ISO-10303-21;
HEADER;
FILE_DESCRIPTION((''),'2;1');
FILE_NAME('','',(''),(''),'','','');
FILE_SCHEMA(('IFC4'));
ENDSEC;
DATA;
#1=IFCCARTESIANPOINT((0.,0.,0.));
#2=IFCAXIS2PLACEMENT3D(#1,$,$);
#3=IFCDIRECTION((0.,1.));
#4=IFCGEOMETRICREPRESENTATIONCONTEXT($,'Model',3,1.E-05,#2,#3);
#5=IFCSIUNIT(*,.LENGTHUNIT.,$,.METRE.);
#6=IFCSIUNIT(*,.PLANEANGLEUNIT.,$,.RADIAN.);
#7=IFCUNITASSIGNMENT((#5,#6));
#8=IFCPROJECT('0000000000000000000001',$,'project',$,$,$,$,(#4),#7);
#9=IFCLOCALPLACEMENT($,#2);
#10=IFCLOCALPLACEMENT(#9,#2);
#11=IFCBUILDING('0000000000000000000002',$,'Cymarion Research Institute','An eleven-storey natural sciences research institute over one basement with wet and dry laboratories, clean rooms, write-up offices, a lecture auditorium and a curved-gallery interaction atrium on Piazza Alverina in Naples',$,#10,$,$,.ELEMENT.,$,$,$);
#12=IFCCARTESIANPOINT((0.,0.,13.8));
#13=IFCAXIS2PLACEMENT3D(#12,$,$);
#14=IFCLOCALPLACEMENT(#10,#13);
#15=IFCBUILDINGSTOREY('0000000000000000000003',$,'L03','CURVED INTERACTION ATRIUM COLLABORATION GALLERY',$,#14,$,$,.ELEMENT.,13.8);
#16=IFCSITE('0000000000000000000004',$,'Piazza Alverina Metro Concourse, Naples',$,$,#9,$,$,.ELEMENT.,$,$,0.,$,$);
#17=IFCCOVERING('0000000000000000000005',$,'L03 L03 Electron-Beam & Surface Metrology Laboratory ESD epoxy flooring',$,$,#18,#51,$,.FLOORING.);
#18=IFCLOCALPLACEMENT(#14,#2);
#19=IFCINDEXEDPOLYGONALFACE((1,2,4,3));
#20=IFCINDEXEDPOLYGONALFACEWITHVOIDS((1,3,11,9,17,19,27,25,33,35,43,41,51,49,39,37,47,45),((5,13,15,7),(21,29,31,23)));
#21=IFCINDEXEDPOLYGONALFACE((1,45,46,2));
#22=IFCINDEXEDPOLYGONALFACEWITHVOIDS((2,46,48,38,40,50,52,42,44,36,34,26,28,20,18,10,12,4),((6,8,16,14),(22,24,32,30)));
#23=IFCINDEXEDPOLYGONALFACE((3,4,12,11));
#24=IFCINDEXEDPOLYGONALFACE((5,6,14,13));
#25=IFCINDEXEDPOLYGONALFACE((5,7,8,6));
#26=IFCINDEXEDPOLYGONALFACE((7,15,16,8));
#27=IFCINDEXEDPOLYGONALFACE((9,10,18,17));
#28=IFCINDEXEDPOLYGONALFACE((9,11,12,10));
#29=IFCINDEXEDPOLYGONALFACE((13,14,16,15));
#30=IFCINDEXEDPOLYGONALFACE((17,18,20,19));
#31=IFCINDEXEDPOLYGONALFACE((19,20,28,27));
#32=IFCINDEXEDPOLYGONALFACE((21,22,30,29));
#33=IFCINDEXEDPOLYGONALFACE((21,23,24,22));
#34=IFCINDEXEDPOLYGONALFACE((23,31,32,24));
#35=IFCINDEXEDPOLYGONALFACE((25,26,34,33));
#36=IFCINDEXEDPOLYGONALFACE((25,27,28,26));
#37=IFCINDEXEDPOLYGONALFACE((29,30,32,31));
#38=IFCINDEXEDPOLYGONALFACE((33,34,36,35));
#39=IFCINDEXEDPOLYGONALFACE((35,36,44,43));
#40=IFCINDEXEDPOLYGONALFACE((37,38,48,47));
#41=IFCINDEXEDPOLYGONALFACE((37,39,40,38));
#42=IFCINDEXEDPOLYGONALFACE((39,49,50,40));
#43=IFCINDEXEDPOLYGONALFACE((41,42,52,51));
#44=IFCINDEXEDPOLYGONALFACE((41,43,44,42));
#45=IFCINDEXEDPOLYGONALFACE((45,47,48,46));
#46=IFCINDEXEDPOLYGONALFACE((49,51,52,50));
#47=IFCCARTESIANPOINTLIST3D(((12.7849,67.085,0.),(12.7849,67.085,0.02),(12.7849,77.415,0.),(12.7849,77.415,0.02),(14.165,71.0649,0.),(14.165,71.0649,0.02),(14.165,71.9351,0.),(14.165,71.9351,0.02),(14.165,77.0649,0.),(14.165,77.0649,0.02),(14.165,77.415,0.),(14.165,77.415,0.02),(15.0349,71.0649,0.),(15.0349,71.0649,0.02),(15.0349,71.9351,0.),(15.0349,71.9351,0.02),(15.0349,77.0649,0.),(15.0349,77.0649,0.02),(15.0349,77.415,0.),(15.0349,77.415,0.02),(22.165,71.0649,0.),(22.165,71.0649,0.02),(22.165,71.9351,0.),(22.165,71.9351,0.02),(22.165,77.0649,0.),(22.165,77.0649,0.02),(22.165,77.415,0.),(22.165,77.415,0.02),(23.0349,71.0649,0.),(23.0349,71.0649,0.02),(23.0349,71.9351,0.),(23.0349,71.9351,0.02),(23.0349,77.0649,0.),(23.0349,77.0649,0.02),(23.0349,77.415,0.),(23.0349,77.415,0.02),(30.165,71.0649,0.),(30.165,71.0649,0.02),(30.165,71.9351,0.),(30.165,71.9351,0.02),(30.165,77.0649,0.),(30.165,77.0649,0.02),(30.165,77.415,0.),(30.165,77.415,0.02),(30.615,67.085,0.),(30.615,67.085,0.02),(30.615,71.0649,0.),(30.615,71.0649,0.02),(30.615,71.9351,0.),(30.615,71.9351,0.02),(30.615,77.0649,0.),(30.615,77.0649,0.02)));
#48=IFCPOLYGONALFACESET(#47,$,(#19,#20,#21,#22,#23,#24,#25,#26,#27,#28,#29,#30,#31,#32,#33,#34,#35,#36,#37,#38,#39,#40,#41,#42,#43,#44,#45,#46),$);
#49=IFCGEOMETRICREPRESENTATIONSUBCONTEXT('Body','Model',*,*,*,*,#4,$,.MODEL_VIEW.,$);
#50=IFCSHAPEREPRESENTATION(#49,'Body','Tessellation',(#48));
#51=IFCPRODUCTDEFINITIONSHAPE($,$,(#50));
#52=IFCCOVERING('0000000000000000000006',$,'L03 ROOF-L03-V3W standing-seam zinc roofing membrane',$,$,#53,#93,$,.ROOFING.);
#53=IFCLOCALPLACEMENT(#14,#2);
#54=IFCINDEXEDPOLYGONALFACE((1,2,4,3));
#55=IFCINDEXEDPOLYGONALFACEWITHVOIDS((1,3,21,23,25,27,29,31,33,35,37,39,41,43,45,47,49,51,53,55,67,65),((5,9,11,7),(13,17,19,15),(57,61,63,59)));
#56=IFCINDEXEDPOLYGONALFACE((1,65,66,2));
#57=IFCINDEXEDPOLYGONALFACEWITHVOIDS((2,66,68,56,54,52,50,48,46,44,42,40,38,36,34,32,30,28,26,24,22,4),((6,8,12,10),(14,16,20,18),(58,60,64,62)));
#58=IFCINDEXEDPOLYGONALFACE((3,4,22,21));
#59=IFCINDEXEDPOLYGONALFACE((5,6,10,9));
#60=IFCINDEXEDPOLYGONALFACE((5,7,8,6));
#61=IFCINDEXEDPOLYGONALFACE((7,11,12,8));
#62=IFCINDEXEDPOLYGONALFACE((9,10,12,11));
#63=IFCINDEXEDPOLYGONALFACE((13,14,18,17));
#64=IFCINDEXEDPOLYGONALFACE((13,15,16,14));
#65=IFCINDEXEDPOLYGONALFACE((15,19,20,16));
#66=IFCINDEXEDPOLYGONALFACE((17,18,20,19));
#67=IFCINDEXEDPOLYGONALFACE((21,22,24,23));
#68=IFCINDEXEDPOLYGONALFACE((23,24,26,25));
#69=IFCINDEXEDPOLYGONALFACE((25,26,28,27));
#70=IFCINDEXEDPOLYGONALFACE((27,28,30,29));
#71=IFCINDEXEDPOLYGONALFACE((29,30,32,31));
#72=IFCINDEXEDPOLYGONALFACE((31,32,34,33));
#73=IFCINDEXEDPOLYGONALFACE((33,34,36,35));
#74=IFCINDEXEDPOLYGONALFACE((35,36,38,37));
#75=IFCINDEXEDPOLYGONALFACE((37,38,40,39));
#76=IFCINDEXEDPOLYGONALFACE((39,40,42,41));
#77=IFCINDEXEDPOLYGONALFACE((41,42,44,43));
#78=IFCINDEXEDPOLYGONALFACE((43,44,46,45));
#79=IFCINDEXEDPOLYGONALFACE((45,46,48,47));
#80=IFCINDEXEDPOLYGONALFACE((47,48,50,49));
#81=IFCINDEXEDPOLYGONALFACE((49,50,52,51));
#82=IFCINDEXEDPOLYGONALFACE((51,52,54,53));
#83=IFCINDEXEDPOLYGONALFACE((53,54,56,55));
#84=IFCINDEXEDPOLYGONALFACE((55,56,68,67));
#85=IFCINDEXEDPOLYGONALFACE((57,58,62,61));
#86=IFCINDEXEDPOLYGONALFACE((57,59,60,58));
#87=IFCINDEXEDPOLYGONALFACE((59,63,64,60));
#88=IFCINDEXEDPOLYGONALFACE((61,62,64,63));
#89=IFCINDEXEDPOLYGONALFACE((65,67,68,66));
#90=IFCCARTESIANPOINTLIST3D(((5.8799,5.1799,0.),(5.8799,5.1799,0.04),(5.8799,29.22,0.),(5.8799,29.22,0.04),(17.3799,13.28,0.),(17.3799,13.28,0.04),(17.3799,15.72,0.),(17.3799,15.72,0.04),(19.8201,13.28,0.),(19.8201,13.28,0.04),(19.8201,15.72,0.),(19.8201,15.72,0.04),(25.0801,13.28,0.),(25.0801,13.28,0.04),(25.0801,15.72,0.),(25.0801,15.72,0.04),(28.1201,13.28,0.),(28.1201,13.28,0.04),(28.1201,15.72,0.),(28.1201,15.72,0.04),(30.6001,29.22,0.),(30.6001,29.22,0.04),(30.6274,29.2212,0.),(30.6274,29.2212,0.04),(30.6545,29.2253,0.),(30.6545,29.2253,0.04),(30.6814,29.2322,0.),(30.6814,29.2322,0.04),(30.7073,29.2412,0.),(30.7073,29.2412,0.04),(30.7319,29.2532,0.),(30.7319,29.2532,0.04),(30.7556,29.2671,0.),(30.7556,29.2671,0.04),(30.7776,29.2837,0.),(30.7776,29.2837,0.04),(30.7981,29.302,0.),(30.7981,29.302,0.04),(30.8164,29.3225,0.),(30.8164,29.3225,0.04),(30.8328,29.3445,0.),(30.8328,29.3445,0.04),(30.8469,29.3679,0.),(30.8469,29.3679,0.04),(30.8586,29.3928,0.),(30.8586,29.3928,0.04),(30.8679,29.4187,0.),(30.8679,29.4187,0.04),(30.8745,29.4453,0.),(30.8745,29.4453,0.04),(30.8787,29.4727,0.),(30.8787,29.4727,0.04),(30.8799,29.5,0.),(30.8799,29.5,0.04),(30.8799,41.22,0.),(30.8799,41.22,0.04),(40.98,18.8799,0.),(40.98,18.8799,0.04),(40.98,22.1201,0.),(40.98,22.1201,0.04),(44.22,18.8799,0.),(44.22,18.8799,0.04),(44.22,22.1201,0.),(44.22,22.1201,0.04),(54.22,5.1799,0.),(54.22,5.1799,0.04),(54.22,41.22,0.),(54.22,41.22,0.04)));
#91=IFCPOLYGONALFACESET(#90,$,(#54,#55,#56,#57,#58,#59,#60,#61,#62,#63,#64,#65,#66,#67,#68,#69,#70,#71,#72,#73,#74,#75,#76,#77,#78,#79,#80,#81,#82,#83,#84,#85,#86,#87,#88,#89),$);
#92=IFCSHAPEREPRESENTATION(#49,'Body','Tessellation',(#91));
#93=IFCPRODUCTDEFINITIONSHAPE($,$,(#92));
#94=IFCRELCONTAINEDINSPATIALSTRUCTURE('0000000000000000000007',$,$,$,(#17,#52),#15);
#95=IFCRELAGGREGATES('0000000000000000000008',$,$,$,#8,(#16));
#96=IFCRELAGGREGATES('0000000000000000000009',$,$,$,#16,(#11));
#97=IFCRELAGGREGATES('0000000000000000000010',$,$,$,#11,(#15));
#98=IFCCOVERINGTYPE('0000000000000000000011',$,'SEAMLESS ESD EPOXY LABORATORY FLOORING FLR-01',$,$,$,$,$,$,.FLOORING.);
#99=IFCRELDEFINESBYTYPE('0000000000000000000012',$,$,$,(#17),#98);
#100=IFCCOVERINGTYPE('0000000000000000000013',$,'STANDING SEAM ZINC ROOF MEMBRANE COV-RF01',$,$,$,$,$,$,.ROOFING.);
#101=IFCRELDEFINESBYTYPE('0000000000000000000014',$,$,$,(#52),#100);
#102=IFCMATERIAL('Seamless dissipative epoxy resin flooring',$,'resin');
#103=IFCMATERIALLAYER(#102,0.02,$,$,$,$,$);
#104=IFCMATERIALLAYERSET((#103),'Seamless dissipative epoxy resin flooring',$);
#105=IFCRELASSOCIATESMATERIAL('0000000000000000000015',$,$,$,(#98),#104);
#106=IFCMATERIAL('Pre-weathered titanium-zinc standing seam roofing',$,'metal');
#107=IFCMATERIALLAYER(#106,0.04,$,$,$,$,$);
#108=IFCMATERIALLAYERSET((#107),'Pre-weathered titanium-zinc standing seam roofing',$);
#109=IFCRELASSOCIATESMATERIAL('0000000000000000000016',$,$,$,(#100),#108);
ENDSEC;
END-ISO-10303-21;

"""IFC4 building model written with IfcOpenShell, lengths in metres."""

from ifc_helpers import new_model, si_unit, direction, frame, origin, place, context, subcontext, project, spatial, polyline, outline, extrude, material, layer, layer_set, type_object, element, save


model = new_model("IFC4")

# Units and contexts
model_context = context("Model", 3, precision=1e-05, world=origin(), true_north=direction((0.0, 1.0)))
body_context = subcontext(model_context, "Body", "Model", "MODEL_VIEW")
ifc_project = project(units=[si_unit("LENGTHUNIT", "METRE"), si_unit("PLANEANGLEUNIT", "RADIAN")], contexts=[model_context])

# Site, building, storey
site_placement = place(None, origin())
site = spatial("IfcSite", under=ifc_project, at=site_placement, Name="Piazza Alverina Metro Concourse, Naples", CompositionType="ELEMENT", RefElevation=0.0)
building_placement = place(site_placement, origin())
building = spatial("IfcBuilding", under=site, at=building_placement, Name="Cymarion Research Institute", Description="An eleven-storey natural sciences research institute over one basement with wet and dry laboratories, clean rooms, write-up offices, a lecture auditorium and a curved-gallery interaction atrium on Piazza Alverina in Naples", CompositionType="ELEMENT")
storey_placement = place(building_placement, frame((0.0, 0.0, 13.8)))
storey = spatial("IfcBuildingStorey", under=building, at=storey_placement, Name="L03", Description="CURVED INTERACTION ATRIUM COLLABORATION GALLERY", CompositionType="ELEMENT", Elevation=13.8)

# Coverings
ifc_material_1 = material(Name="Seamless dissipative epoxy resin flooring", Category="resin")
ifc_layer_1 = layer(ifc_material_1, 0.02)
ifc_layer_set_1 = layer_set([ifc_layer_1], Name="Seamless dissipative epoxy resin flooring")
covering_type_1 = type_object("IfcCoveringType", Name="SEAMLESS ESD EPOXY LABORATORY FLOORING FLR-01", PredefinedType="FLOORING", material=ifc_layer_set_1)
covering_1_placement = place(storey_placement, origin())
element("IfcCovering", 1, at=covering_1_placement, inside=storey, type_object=covering_type_1, Name="L03 L03 Electron-Beam & Surface Metrology Laboratory ESD epoxy flooring", PredefinedType="FLOORING", context=body_context, shape_type="SweptSolid", body=[
    extrude(outline(polyline([(12.7849, 77.415), (14.165, 77.415), (14.165, 77.0649), (15.0349, 77.0649), (15.0349, 77.415), (22.165, 77.415), (22.165, 77.0649), (23.0349, 77.0649), (23.0349, 77.415), (30.165, 77.415), (30.165, 77.0649), (30.615, 77.0649), (30.615, 71.9351), (30.165, 71.9351), (30.165, 71.0649), (30.615, 71.0649), (30.615, 67.085), (12.7849, 67.085), (12.7849, 77.415)]), holes=[polyline([(22.165, 71.9351), (22.165, 71.0649), (23.0349, 71.0649), (23.0349, 71.9351), (22.165, 71.9351)]), polyline([(15.0349, 71.9351), (14.165, 71.9351), (14.165, 71.0649), (15.0349, 71.0649), (15.0349, 71.9351)])]), origin(), (0.0, 0.0, 1.0), 0.02),
])
ifc_material_2 = material(Name="Pre-weathered titanium-zinc standing seam roofing", Category="metal")
ifc_layer_2 = layer(ifc_material_2, 0.04)
ifc_layer_set_2 = layer_set([ifc_layer_2], Name="Pre-weathered titanium-zinc standing seam roofing")
covering_type_2 = type_object("IfcCoveringType", Name="STANDING SEAM ZINC ROOF MEMBRANE COV-RF01", PredefinedType="ROOFING", material=ifc_layer_set_2)
covering_2_placement = place(storey_placement, origin())
element("IfcCovering", 2, at=covering_2_placement, inside=storey, type_object=covering_type_2, Name="L03 ROOF-L03-V3W standing-seam zinc roofing membrane", PredefinedType="ROOFING", context=body_context, shape_type="SweptSolid", body=[
    extrude(outline(polyline([(5.8799, 29.22), (30.6001, 29.22), (30.6274, 29.2212), (30.6545, 29.2253), (30.6814, 29.2322), (30.7073, 29.2412), (30.7319, 29.2532), (30.7556, 29.2671), (30.7776, 29.2837), (30.7981, 29.302), (30.8164, 29.3225), (30.8328, 29.3445), (30.8469, 29.3679), (30.8586, 29.3928), (30.8679, 29.4187), (30.8745, 29.4453), (30.8787, 29.4727), (30.8799, 29.5), (30.8799, 41.22), (54.22, 41.22), (54.22, 5.1799), (5.8799, 5.1799), (5.8799, 29.22)]), holes=[polyline([(17.3799, 13.28), (19.8201, 13.28), (19.8201, 15.72), (17.3799, 15.72), (17.3799, 13.28)]), polyline([(25.0801, 15.72), (25.0801, 13.28), (28.1201, 13.28), (28.1201, 15.72), (25.0801, 15.72)]), polyline([(40.98, 22.1201), (40.98, 18.8799), (44.22, 18.8799), (44.22, 22.1201), (40.98, 22.1201)])]), origin(), (0.0, 0.0, 1.0), 0.04),
])

save(model, "model.ifc")
